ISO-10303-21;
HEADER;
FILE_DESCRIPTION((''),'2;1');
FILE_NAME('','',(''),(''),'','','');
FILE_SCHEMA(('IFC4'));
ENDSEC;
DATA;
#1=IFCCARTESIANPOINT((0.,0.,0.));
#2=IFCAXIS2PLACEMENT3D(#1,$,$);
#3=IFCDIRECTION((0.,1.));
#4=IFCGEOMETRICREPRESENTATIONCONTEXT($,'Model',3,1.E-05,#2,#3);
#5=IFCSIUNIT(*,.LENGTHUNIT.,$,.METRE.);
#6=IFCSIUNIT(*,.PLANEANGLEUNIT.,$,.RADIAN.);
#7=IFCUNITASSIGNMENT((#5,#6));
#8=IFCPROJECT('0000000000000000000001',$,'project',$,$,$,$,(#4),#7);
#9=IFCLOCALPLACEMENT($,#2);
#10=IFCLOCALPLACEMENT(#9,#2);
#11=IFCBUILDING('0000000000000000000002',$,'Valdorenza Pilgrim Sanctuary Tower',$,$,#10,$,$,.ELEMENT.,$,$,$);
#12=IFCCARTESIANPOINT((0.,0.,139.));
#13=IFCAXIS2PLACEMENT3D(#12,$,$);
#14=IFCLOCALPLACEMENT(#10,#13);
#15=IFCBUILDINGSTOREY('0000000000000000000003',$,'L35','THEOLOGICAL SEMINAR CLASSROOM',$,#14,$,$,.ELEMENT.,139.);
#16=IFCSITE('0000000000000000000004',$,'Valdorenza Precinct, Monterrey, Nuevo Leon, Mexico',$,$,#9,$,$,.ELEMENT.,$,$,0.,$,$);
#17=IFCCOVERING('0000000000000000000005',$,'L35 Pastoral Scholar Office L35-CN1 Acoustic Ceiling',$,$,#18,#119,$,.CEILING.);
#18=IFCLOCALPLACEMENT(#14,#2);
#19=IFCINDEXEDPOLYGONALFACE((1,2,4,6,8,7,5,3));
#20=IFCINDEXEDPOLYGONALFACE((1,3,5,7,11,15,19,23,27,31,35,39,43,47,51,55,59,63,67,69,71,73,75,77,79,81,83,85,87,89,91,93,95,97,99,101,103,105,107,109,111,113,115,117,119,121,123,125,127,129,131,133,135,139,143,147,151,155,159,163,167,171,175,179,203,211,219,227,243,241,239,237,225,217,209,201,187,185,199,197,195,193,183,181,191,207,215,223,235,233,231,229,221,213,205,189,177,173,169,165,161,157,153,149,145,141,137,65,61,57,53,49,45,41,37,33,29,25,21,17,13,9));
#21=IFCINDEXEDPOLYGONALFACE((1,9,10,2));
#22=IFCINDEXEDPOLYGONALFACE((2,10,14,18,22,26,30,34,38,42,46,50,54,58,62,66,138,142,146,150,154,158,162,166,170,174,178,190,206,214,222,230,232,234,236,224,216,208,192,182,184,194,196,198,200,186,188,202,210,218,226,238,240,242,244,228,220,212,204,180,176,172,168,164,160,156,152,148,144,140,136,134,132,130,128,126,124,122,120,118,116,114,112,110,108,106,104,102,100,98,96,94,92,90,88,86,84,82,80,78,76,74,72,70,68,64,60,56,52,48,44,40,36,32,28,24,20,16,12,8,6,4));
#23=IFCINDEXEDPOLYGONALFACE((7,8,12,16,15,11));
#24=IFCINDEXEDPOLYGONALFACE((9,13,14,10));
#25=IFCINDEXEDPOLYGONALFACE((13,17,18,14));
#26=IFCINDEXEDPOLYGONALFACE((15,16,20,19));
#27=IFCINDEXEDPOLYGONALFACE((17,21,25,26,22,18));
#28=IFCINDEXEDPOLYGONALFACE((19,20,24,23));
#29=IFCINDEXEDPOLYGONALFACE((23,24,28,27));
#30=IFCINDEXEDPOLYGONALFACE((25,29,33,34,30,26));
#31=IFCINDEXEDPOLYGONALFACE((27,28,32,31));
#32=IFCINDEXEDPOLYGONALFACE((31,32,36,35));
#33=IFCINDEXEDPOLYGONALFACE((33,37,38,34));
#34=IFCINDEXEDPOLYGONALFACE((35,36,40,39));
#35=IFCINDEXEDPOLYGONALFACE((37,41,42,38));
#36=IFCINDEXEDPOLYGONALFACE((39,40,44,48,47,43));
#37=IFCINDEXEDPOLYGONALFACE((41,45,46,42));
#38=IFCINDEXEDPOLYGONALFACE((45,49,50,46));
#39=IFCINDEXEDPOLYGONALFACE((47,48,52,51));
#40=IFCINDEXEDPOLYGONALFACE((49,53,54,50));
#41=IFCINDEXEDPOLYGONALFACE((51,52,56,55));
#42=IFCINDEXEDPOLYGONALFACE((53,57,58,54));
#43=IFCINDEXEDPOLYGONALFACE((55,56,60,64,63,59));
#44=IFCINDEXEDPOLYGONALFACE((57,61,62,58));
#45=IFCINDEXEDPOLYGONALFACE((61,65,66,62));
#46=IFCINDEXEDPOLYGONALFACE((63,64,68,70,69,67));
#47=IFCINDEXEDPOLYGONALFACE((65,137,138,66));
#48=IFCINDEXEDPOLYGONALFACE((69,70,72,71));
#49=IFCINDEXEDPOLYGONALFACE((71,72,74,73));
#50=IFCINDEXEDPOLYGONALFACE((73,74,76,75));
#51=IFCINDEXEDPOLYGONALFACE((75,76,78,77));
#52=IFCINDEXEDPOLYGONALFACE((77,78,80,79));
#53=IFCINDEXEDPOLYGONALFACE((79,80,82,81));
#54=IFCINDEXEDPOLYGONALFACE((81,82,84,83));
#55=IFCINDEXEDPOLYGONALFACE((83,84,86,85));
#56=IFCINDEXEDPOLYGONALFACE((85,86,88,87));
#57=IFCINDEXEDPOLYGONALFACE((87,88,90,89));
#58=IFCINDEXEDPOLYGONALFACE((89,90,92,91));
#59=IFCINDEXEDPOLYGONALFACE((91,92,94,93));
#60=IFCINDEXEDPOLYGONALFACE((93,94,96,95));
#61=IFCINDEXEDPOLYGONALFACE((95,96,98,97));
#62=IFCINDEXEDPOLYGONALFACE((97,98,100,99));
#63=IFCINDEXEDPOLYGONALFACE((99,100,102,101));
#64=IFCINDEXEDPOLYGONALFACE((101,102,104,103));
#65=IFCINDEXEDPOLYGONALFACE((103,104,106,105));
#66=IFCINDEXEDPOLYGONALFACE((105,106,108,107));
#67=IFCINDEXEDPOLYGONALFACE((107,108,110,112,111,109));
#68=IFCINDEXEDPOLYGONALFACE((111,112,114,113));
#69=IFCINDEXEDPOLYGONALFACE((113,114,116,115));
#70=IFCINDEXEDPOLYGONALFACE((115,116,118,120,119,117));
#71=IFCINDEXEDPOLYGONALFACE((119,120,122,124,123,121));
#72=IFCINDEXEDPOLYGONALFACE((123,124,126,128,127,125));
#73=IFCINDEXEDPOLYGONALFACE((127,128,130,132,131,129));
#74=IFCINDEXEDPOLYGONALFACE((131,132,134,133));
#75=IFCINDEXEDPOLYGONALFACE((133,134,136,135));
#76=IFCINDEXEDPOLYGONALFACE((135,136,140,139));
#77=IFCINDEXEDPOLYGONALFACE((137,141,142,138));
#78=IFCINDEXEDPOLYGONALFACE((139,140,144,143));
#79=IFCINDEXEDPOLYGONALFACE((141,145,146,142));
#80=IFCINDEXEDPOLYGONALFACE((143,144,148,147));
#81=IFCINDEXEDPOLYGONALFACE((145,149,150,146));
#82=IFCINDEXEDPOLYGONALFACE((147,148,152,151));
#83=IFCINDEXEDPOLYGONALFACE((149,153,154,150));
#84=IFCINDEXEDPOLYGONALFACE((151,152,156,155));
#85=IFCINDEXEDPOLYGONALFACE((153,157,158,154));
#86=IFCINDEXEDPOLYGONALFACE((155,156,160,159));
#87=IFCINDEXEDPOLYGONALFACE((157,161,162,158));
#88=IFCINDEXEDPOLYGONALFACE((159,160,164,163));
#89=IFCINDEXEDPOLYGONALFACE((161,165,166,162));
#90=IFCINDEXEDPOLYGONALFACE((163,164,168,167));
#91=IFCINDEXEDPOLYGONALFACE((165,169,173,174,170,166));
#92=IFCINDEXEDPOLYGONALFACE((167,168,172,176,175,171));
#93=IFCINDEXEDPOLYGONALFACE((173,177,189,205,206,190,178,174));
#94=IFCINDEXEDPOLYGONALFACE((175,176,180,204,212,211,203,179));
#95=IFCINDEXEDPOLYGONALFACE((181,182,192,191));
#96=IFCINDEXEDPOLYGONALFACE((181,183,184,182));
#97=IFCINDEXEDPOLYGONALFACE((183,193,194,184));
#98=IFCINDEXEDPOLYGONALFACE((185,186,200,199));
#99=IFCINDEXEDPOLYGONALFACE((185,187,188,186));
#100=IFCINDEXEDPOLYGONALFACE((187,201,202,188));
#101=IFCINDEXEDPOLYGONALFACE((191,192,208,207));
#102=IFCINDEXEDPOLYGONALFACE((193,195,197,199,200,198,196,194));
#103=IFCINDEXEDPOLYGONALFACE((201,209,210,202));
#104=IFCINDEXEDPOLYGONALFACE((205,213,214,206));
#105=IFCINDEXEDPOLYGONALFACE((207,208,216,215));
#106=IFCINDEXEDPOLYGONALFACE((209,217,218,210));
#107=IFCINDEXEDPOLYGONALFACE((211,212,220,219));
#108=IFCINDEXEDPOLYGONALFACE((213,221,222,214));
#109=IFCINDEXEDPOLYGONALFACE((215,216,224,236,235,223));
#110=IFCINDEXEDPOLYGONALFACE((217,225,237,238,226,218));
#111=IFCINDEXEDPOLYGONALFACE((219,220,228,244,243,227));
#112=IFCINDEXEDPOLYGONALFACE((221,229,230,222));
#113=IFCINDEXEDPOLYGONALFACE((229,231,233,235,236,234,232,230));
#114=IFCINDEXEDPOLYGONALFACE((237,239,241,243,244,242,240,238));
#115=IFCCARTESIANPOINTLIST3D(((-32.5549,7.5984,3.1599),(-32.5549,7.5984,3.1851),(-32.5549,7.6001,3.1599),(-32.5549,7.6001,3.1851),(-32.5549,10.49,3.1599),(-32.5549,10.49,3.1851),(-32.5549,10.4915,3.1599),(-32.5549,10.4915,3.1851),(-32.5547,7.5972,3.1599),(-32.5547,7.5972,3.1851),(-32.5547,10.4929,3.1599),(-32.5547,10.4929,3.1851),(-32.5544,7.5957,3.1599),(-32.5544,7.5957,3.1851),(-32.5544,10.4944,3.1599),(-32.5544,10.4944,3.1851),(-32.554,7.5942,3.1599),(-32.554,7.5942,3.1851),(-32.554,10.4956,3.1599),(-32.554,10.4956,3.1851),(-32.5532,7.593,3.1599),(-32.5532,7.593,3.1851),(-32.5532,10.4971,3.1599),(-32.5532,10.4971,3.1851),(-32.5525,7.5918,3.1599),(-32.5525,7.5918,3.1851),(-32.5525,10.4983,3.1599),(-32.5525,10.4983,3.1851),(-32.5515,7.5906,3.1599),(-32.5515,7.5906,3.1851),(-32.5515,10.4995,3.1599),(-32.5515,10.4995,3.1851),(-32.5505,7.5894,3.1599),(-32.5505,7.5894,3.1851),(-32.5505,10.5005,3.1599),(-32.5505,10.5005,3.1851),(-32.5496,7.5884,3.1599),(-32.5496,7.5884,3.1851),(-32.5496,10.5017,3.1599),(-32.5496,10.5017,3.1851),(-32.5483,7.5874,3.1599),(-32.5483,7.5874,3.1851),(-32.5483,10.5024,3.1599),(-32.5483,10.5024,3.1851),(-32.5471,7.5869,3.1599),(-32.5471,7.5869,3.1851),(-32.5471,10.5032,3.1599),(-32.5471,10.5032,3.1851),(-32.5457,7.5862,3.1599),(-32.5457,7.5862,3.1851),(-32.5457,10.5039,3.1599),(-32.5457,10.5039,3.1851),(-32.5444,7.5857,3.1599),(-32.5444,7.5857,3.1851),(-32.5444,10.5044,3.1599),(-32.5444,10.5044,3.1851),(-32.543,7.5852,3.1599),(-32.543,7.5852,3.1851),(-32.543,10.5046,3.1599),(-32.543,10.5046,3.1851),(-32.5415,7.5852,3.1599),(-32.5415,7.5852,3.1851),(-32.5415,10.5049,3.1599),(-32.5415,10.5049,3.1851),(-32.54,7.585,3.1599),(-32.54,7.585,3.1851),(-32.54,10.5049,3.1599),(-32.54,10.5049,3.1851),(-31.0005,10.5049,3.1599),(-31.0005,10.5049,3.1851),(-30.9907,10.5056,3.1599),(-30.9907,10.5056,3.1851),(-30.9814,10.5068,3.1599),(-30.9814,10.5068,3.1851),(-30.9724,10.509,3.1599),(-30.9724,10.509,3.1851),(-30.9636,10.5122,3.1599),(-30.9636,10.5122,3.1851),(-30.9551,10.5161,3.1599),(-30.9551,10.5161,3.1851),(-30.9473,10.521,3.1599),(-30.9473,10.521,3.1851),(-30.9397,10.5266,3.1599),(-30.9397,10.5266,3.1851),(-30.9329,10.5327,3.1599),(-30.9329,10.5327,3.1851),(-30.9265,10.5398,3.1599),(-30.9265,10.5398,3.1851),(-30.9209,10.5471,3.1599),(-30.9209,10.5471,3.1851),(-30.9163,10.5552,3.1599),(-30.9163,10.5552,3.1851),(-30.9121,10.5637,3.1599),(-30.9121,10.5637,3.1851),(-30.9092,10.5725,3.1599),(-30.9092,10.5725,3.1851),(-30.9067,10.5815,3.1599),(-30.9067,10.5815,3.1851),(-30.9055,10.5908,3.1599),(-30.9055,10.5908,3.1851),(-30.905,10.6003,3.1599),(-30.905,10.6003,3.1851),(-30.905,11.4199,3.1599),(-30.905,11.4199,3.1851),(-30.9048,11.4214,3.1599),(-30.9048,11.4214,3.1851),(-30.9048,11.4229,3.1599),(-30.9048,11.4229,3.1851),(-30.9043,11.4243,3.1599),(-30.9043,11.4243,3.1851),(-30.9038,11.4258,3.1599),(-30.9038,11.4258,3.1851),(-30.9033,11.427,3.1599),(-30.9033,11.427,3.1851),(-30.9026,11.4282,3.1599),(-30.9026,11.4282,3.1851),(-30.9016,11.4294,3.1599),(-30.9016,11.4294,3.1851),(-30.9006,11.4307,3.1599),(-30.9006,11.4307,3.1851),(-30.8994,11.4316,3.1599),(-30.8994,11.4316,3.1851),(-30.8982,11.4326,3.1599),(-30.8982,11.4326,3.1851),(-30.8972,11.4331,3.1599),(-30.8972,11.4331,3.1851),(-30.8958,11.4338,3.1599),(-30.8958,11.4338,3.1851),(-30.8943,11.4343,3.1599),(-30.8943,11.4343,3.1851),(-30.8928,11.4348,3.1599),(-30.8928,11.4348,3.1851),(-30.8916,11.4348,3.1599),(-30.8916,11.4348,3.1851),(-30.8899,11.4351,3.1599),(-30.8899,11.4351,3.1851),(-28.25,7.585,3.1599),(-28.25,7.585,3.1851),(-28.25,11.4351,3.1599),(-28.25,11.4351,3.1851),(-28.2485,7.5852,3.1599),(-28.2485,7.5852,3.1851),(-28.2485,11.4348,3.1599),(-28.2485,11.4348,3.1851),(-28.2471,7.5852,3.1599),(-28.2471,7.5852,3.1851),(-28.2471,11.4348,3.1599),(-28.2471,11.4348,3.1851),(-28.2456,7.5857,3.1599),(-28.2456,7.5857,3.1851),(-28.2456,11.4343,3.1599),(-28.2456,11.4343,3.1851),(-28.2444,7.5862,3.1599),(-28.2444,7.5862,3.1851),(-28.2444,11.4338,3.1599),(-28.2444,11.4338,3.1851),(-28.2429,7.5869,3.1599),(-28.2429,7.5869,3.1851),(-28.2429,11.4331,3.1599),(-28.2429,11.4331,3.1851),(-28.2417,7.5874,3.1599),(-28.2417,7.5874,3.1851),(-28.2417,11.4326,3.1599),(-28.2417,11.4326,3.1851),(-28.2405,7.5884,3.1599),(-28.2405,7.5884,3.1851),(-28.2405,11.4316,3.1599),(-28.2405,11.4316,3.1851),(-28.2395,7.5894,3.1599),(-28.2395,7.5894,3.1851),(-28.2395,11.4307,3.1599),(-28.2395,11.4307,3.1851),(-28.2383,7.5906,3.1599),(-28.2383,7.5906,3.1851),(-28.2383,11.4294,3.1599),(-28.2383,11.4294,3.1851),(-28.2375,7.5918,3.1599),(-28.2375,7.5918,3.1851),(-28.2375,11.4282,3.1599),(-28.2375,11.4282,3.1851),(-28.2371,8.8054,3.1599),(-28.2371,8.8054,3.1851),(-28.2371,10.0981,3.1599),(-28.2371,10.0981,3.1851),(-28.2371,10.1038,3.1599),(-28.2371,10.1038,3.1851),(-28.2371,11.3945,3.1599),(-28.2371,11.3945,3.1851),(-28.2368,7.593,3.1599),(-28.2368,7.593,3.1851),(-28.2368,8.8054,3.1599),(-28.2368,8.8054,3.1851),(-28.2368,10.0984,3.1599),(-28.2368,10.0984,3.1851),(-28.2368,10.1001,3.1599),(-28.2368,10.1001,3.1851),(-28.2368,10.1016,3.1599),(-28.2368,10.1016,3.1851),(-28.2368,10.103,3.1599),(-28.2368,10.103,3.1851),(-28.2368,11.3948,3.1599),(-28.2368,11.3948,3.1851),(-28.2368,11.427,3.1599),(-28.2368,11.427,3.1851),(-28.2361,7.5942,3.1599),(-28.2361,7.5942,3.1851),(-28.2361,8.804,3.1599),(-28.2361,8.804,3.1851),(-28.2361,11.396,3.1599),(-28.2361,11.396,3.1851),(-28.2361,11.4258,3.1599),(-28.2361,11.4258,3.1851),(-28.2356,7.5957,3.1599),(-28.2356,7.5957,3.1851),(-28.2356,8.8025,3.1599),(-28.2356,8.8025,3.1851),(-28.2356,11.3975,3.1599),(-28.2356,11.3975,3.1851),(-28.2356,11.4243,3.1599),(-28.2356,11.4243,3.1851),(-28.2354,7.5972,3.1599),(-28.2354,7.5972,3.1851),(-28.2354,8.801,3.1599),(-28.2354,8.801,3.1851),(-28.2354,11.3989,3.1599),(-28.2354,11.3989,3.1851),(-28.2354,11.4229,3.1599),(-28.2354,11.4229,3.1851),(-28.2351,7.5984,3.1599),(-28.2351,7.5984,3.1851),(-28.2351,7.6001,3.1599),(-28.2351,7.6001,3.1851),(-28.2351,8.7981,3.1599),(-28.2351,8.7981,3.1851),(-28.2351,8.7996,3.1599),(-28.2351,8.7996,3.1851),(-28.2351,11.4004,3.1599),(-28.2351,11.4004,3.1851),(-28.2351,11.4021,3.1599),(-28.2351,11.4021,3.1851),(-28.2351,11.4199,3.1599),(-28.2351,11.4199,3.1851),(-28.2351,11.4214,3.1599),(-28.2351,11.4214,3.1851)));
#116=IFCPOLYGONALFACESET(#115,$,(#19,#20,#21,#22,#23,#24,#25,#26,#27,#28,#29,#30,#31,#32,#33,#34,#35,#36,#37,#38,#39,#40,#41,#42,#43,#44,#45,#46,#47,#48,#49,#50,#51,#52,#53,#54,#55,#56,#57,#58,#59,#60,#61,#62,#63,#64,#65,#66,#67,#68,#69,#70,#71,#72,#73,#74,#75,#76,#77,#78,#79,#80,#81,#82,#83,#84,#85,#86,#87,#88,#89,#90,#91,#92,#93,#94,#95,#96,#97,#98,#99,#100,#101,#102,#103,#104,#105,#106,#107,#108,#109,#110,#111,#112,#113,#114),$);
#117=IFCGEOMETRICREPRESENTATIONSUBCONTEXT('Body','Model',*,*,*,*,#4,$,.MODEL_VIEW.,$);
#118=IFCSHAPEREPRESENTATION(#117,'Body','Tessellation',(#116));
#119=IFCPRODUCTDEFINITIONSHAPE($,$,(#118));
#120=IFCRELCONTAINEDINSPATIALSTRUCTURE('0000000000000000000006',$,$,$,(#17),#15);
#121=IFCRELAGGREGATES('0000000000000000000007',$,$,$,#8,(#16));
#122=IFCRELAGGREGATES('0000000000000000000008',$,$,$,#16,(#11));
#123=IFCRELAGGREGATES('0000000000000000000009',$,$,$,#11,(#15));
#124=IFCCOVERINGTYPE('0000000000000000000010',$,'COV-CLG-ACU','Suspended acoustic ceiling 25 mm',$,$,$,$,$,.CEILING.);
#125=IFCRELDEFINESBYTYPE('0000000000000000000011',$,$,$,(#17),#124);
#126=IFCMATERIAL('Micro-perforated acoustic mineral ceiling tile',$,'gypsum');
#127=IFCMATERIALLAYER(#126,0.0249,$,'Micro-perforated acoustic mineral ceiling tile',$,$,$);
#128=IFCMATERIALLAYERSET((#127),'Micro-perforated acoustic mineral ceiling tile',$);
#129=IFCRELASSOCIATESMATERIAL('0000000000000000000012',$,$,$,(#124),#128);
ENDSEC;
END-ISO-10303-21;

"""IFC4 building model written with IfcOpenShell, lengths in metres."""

from ifc_helpers import new_model, si_unit, direction, frame, origin, place, context, subcontext, project, spatial, polyline, outline, extrude, material, layer, layer_set, type_object, element, save


model = new_model("IFC4")

# Units and contexts
model_context = context("Model", 3, precision=1e-05, world=origin(), true_north=direction((0.0, 1.0)))
body_context = subcontext(model_context, "Body", "Model", "MODEL_VIEW")
ifc_project = project(units=[si_unit("LENGTHUNIT", "METRE"), si_unit("PLANEANGLEUNIT", "RADIAN")], contexts=[model_context])

# Site, building, storey
site_placement = place(None, origin())
site = spatial("IfcSite", under=ifc_project, at=site_placement, Name="Valdorenza Precinct, Monterrey, Nuevo Leon, Mexico", CompositionType="ELEMENT", RefElevation=0.0)
building_placement = place(site_placement, origin())
building = spatial("IfcBuilding", under=site, at=building_placement, Name="Valdorenza Pilgrim Sanctuary Tower", CompositionType="ELEMENT")
storey_placement = place(building_placement, frame((0.0, 0.0, 139.0)))
storey = spatial("IfcBuildingStorey", under=building, at=storey_placement, Name="L35", Description="THEOLOGICAL SEMINAR CLASSROOM", CompositionType="ELEMENT", Elevation=139.0)

# Covering
ifc_material_1 = material(Name="Micro-perforated acoustic mineral ceiling tile", Category="gypsum")
ifc_layer_1 = layer(ifc_material_1, 0.0249, Name="Micro-perforated acoustic mineral ceiling tile")
ifc_layer_set_1 = layer_set([ifc_layer_1], Name="Micro-perforated acoustic mineral ceiling tile")
covering_type_1 = type_object("IfcCoveringType", Name="COV-CLG-ACU", Description="Suspended acoustic ceiling 25 mm", PredefinedType="CEILING", material=ifc_layer_set_1)
covering_1_placement = place(storey_placement, frame((0.0, 0.0, 3.1599)))
element("IfcCovering", 1, at=covering_1_placement, inside=storey, type_object=covering_type_1, Name="L35 Pastoral Scholar Office L35-CN1 Acoustic Ceiling", PredefinedType="CEILING", context=body_context, shape_type="SweptSolid", body=[
    extrude(outline(polyline([(-28.2371, 8.8054), (-28.2368, 8.8054), (-28.2361, 8.804), (-28.2356, 8.8025), (-28.2354, 8.801), (-28.2351, 8.7996), (-28.2351, 8.7981), (-28.2351, 7.6001), (-28.2351, 7.5984), (-28.2354, 7.5972), (-28.2356, 7.5957), (-28.2361, 7.5942), (-28.2368, 7.593), (-28.2375, 7.5918), (-28.2383, 7.5906), (-28.2395, 7.5894), (-28.2405, 7.5884), (-28.2417, 7.5874), (-28.2429, 7.5869), (-28.2444, 7.5862), (-28.2456, 7.5857), (-28.2471, 7.5852), (-28.2485, 7.5852), (-28.25, 7.585), (-32.54, 7.585), (-32.5415, 7.5852), (-32.543, 7.5852), (-32.5444, 7.5857), (-32.5457, 7.5862), (-32.5471, 7.5869), (-32.5483, 7.5874), (-32.5496, 7.5884), (-32.5505, 7.5894), (-32.5515, 7.5906), (-32.5525, 7.5918), (-32.5532, 7.593), (-32.554, 7.5942), (-32.5544, 7.5957), (-32.5547, 7.5972), (-32.5549, 7.5984), (-32.5549, 7.6001), (-32.5549, 10.49), (-32.5549, 10.4915), (-32.5547, 10.4929), (-32.5544, 10.4944), (-32.554, 10.4956), (-32.5532, 10.4971), (-32.5525, 10.4983), (-32.5515, 10.4995), (-32.5505, 10.5005), (-32.5496, 10.5017), (-32.5483, 10.5024), (-32.5471, 10.5032), (-32.5457, 10.5039), (-32.5444, 10.5044), (-32.543, 10.5046), (-32.5415, 10.5049), (-32.54, 10.5049), (-31.0005, 10.5049), (-30.9907, 10.5056), (-30.9814, 10.5068), (-30.9724, 10.509), (-30.9636, 10.5122), (-30.9551, 10.5161), (-30.9473, 10.521), (-30.9397, 10.5266), (-30.9329, 10.5327), (-30.9265, 10.5398), (-30.9209, 10.5471), (-30.9163, 10.5552), (-30.9121, 10.5637), (-30.9092, 10.5725), (-30.9067, 10.5815), (-30.9055, 10.5908), (-30.905, 10.6003), (-30.905, 11.4199), (-30.9048, 11.4214), (-30.9048, 11.4229), (-30.9043, 11.4243), (-30.9038, 11.4258), (-30.9033, 11.427), (-30.9026, 11.4282), (-30.9016, 11.4294), (-30.9006, 11.4307), (-30.8994, 11.4316), (-30.8982, 11.4326), (-30.8972, 11.4331), (-30.8958, 11.4338), (-30.8943, 11.4343), (-30.8928, 11.4348), (-30.8916, 11.4348), (-30.8899, 11.4351), (-28.25, 11.4351), (-28.2485, 11.4348), (-28.2471, 11.4348), (-28.2456, 11.4343), (-28.2444, 11.4338), (-28.2429, 11.4331), (-28.2417, 11.4326), (-28.2405, 11.4316), (-28.2395, 11.4307), (-28.2383, 11.4294), (-28.2375, 11.4282), (-28.2368, 11.427), (-28.2361, 11.4258), (-28.2356, 11.4243), (-28.2354, 11.4229), (-28.2351, 11.4214), (-28.2351, 11.4199), (-28.2351, 11.4021), (-28.2351, 11.4004), (-28.2354, 11.3989), (-28.2356, 11.3975), (-28.2361, 11.396), (-28.2368, 11.3948), (-28.2371, 11.3945), (-28.2371, 10.1038), (-28.2368, 10.103), (-28.2368, 10.1016), (-28.2368, 10.1001), (-28.2368, 10.0984), (-28.2371, 10.0981), (-28.2371, 8.8054)])), origin(), (0.0, 0.0, 1.0), 0.0251),
])

save(model, "model.ifc")
